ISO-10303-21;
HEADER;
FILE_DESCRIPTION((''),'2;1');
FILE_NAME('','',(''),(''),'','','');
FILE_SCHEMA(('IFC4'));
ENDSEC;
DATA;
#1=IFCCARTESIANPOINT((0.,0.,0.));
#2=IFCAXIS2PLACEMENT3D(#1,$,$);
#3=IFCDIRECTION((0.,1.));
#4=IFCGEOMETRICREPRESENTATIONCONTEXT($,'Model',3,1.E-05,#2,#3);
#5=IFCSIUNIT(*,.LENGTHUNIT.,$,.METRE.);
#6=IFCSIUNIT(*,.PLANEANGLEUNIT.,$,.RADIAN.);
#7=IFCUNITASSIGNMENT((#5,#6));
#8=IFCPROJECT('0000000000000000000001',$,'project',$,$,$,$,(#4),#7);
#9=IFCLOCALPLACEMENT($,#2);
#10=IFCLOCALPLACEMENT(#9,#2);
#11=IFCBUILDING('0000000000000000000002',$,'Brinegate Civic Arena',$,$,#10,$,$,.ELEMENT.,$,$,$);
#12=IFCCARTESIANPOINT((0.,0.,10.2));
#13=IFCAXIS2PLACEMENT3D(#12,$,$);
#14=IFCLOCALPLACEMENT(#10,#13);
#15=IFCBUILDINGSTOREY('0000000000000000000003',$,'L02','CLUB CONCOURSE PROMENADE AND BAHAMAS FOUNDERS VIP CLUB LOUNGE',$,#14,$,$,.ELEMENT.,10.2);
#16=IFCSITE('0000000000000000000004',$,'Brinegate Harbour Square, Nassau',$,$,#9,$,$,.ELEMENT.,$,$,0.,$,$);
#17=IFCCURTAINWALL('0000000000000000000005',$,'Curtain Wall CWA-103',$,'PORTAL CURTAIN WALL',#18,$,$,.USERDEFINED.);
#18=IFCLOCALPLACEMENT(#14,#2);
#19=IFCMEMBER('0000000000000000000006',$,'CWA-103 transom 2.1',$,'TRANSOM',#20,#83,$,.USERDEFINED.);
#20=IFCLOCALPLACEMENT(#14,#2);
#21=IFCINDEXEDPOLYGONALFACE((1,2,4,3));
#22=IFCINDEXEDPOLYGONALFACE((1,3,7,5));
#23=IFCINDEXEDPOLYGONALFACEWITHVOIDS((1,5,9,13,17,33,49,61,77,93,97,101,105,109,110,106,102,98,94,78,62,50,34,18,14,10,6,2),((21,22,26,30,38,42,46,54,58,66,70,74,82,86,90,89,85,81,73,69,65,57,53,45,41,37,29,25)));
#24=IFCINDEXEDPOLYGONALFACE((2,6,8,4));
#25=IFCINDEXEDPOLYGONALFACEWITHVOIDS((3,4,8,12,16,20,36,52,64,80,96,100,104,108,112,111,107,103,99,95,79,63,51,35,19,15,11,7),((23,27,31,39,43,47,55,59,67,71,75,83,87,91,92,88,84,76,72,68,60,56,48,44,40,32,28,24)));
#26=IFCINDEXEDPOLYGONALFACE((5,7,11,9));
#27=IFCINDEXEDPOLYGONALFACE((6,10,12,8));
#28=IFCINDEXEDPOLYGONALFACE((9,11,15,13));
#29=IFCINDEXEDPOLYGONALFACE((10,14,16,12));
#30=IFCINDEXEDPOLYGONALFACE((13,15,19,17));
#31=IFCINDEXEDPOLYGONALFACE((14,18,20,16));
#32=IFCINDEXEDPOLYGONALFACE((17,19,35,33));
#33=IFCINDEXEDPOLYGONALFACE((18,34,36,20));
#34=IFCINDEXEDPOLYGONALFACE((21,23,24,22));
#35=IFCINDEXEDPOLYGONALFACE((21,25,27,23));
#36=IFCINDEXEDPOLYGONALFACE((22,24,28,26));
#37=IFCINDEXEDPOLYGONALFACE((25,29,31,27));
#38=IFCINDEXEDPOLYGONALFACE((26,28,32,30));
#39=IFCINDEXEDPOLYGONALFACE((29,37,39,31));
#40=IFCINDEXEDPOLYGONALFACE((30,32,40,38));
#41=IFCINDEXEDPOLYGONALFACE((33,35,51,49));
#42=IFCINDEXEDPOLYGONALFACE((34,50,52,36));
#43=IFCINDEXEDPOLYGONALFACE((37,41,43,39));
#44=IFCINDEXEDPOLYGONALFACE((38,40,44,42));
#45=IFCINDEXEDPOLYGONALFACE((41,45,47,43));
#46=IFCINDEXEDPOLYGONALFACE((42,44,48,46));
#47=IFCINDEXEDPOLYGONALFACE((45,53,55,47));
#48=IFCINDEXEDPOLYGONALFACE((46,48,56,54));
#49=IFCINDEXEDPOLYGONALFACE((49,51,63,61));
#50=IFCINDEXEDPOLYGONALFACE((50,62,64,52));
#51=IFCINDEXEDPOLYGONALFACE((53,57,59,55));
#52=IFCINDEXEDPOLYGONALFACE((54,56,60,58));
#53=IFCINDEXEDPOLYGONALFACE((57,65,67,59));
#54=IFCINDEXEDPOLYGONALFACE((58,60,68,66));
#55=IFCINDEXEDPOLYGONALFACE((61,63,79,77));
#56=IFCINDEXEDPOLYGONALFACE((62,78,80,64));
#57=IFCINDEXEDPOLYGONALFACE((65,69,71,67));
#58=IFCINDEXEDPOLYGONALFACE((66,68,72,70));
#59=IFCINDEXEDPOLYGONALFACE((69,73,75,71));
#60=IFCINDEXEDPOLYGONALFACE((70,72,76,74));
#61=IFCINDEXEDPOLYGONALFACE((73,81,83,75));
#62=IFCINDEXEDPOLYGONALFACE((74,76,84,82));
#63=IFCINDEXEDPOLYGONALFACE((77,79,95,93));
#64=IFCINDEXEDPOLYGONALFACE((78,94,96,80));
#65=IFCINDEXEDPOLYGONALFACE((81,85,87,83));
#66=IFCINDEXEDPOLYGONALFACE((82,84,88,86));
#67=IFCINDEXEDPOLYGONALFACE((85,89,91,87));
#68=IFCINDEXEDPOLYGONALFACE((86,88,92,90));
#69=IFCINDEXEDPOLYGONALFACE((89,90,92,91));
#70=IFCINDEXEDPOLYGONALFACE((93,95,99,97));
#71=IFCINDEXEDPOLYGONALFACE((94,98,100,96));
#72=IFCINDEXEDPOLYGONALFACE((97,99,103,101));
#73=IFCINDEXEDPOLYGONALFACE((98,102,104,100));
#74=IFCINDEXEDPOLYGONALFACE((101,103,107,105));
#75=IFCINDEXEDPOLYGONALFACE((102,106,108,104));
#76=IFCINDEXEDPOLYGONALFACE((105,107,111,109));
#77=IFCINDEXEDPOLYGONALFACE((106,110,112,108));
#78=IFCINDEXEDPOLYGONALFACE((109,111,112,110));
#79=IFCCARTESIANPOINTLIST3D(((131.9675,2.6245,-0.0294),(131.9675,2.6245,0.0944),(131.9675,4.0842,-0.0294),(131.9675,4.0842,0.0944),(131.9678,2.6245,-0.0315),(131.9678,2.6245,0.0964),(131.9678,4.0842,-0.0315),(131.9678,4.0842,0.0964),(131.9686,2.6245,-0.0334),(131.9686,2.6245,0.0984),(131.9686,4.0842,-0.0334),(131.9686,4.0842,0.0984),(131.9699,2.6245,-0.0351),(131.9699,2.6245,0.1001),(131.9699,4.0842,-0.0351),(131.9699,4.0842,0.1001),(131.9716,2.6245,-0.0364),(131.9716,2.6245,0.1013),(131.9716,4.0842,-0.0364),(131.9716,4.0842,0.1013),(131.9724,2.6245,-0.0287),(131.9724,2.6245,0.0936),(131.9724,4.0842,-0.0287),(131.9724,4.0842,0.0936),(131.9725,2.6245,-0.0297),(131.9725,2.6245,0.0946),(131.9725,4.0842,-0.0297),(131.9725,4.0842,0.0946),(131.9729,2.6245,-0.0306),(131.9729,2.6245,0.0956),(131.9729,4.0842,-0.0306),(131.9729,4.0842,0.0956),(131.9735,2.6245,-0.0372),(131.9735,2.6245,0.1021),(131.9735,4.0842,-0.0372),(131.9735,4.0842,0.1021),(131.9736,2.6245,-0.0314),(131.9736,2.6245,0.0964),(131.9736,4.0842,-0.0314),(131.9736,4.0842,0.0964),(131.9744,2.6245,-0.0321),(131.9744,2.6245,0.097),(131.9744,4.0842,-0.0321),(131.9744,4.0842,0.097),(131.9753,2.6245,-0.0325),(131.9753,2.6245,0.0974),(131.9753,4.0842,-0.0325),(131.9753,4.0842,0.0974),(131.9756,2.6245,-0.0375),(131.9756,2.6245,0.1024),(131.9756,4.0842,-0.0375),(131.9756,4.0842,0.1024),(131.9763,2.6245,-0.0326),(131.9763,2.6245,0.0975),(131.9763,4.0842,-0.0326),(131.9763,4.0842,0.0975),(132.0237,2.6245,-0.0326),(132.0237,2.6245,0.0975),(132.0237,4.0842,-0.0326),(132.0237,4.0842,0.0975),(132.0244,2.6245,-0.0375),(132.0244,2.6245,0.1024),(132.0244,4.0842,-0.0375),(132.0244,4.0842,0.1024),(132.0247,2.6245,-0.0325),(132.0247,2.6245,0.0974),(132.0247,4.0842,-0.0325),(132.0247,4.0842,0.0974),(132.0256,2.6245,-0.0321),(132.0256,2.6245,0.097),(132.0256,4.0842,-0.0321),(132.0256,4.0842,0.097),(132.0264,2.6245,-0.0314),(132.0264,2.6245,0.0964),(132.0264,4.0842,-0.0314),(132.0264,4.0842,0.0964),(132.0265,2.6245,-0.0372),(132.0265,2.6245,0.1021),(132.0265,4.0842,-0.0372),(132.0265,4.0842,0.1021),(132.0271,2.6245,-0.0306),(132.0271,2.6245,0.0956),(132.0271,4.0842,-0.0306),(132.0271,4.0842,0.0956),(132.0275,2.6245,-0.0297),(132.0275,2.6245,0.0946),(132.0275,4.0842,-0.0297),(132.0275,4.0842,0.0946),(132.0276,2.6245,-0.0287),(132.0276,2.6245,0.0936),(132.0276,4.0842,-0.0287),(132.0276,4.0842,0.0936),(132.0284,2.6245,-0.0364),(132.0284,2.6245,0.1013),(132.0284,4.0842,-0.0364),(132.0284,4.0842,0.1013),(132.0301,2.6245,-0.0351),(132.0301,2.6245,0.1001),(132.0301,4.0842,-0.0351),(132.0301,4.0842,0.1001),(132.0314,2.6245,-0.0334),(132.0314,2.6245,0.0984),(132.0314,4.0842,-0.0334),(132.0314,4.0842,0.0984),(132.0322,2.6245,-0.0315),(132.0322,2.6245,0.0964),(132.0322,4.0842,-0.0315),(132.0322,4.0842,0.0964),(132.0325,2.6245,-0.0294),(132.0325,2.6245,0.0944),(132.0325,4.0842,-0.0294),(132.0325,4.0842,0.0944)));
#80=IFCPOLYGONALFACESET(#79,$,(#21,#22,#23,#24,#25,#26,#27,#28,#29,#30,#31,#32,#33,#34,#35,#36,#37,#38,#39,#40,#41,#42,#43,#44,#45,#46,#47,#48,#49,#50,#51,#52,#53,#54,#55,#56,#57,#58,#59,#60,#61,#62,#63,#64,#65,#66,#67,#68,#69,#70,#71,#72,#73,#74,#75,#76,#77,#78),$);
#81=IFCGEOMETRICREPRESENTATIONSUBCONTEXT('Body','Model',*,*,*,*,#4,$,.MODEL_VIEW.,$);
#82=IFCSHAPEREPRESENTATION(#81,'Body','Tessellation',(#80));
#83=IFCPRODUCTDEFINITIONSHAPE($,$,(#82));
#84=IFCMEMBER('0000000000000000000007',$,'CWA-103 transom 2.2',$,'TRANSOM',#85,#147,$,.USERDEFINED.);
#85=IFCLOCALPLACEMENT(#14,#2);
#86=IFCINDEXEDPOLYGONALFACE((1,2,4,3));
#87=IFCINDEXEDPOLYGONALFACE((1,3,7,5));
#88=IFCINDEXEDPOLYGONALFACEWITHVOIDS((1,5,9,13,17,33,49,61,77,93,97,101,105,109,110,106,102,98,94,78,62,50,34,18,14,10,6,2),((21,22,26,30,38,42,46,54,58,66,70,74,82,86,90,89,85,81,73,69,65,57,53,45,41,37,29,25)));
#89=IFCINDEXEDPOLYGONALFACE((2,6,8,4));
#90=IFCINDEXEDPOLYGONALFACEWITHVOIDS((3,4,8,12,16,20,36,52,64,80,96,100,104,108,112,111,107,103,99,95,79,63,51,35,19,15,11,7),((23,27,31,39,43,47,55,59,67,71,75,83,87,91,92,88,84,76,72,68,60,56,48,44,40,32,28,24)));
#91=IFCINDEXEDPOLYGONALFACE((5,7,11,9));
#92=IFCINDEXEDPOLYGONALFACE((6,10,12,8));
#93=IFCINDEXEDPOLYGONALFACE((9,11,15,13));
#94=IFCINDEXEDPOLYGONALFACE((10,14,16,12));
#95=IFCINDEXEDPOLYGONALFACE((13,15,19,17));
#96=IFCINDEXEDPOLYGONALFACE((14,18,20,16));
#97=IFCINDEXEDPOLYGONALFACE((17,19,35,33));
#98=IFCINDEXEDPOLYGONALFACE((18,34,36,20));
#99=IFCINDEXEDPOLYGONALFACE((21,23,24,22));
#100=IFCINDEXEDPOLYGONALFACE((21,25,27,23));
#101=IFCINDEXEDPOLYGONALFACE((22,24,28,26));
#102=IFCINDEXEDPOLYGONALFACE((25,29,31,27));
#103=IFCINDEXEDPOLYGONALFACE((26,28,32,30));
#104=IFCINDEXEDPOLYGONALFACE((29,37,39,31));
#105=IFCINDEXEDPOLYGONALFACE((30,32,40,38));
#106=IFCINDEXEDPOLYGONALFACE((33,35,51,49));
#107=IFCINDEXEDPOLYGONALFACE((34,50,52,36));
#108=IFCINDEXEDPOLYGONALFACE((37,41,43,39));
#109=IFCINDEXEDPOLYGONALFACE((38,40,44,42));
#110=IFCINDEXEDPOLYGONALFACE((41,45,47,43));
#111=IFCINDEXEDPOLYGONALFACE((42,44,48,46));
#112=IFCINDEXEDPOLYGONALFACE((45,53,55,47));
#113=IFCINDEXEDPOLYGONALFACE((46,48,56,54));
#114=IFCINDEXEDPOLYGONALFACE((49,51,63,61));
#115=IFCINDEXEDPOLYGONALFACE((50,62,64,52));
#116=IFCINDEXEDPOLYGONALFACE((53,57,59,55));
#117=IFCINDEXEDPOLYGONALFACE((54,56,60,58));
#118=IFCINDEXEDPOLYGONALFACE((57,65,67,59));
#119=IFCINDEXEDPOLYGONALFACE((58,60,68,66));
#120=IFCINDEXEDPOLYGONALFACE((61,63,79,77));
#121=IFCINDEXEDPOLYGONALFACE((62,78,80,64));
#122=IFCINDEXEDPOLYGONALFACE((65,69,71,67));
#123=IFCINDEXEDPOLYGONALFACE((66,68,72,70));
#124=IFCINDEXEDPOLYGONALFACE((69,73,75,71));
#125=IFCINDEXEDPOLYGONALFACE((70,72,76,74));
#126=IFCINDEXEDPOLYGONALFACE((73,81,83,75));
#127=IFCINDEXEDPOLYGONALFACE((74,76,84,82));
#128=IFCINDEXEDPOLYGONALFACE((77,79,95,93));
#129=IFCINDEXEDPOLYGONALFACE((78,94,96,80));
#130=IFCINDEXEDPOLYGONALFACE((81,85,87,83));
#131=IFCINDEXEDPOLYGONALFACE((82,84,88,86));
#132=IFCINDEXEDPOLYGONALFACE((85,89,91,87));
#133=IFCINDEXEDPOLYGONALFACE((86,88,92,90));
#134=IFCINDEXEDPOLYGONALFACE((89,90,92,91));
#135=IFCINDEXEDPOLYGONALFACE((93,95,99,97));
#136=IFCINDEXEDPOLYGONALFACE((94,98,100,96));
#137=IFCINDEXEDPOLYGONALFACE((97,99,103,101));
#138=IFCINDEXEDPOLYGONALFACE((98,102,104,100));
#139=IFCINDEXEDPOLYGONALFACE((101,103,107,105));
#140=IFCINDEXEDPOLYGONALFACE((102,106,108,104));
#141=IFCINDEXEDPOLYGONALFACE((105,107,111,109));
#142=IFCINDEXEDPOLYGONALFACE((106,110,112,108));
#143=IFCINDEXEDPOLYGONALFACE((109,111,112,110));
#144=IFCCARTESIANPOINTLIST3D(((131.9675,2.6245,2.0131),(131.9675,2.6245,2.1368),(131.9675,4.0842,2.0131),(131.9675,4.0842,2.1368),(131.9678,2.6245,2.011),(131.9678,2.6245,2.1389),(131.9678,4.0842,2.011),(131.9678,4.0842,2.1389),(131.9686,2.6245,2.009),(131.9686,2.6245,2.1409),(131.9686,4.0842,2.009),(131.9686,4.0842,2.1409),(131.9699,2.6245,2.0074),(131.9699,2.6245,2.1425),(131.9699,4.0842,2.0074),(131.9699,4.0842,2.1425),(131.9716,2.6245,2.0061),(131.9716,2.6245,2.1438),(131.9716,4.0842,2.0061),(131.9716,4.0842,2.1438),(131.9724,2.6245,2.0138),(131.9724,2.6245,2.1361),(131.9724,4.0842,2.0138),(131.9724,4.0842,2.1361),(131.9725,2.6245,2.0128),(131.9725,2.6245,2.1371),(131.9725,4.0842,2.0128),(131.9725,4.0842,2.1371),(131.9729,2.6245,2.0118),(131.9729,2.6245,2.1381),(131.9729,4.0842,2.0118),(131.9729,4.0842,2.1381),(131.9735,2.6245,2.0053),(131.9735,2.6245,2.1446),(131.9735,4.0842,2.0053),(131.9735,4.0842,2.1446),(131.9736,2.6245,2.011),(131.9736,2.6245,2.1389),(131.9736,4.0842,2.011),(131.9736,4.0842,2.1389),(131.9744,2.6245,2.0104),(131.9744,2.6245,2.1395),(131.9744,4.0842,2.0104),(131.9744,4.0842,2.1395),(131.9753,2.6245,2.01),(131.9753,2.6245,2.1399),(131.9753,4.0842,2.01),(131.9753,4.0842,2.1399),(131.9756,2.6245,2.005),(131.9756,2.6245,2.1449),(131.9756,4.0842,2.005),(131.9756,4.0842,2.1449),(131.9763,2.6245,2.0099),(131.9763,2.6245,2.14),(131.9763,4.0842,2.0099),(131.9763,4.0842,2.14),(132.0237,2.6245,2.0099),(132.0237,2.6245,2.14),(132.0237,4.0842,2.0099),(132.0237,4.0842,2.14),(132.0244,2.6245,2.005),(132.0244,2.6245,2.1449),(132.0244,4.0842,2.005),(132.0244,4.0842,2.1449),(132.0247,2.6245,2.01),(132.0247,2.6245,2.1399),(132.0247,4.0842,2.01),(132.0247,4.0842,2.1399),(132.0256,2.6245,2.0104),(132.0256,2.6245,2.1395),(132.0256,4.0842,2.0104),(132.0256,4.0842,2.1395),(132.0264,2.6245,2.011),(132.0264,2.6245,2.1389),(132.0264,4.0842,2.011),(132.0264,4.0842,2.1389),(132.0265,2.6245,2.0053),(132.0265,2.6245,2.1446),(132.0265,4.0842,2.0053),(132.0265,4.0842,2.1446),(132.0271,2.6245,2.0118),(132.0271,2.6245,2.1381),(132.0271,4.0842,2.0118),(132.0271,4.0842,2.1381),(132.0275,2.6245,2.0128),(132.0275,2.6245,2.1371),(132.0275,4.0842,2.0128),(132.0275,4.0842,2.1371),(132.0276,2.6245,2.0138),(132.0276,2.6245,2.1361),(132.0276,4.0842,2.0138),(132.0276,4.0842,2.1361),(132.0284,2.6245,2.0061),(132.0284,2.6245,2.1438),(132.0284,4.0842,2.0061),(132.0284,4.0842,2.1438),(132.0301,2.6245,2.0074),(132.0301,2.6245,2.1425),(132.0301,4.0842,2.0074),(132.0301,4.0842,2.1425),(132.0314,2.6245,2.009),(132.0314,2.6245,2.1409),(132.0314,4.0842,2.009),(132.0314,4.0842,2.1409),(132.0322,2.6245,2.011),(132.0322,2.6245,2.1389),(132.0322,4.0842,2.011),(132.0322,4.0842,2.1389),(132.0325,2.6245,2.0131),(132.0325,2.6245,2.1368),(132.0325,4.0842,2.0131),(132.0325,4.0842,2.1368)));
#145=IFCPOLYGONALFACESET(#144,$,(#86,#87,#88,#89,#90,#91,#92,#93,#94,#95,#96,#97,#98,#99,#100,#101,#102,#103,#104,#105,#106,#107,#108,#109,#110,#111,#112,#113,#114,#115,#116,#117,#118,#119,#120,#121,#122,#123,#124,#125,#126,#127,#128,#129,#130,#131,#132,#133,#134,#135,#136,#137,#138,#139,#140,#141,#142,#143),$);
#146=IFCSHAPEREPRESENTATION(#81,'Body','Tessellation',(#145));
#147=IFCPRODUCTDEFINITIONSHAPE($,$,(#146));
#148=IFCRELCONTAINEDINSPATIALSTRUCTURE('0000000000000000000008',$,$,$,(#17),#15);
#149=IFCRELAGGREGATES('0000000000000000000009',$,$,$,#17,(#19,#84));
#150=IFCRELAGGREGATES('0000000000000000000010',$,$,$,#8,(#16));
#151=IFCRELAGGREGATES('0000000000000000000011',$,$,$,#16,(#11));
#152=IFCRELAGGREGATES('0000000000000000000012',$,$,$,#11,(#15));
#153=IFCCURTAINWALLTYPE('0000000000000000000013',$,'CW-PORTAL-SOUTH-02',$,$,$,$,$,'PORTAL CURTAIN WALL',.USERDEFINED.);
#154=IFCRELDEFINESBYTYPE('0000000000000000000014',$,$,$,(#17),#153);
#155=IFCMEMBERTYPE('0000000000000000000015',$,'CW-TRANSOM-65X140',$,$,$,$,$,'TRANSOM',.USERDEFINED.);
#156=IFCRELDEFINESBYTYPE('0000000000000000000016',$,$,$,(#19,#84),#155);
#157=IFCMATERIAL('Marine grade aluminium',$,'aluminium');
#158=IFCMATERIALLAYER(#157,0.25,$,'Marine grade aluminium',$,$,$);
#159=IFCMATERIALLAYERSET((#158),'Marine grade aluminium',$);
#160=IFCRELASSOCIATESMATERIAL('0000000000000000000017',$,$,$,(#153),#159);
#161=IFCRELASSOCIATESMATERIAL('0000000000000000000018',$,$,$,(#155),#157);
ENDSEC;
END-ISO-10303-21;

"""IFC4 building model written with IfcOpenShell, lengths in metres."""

from ifc_helpers import new_model, si_unit, direction, frame, origin, origin_2d, place, context, subcontext, project, spatial, hollow_rectangle, extrude, material, layer, layer_set, material_profile, profile_set, type_object, element, aggregate, save


model = new_model("IFC4")

# Units and contexts
model_context = context("Model", 3, precision=1e-05, world=origin(), true_north=direction((0.0, 1.0)))
body_context = subcontext(model_context, "Body", "Model", "MODEL_VIEW")
ifc_project = project(units=[si_unit("LENGTHUNIT", "METRE"), si_unit("PLANEANGLEUNIT", "RADIAN")], contexts=[model_context])

# Site, building, storey
site_placement = place(None, origin())
site = spatial("IfcSite", under=ifc_project, at=site_placement, Name="Brinegate Harbour Square, Nassau", CompositionType="ELEMENT", RefElevation=0.0)
building_placement = place(site_placement, origin())
building = spatial("IfcBuilding", under=site, at=building_placement, Name="Brinegate Civic Arena", CompositionType="ELEMENT")
storey_placement = place(building_placement, frame((0.0, 0.0, 10.2)))
storey = spatial("IfcBuildingStorey", under=building, at=storey_placement, Name="L02", Description="CLUB CONCOURSE PROMENADE AND BAHAMAS FOUNDERS VIP CLUB LOUNGE", CompositionType="ELEMENT", Elevation=10.2)

# Curtain wall, members
ifc_material_1 = material(Name="Marine grade aluminium", Category="aluminium")
ifc_layer_1 = layer(ifc_material_1, 0.25, Name="Marine grade aluminium")
ifc_layer_set_1 = layer_set([ifc_layer_1], Name="Marine grade aluminium")
curtain_wall_type = type_object("IfcCurtainWallType", Name="CW-PORTAL-SOUTH-02", ElementType="PORTAL CURTAIN WALL", PredefinedType="USERDEFINED", material=ifc_layer_set_1)
curtain_wall_placement = place(storey_placement, origin())
curtain_wall = element("IfcCurtainWall", 1, at=curtain_wall_placement, inside=storey, type_object=curtain_wall_type, Name="Curtain Wall CWA-103", ObjectType="PORTAL CURTAIN WALL", PredefinedType="USERDEFINED")
ifc_material_profile_1 = material_profile(ifc_material_1, hollow_rectangle(XDim=0.0649, YDim=0.1399, WallThickness=0.0049, InnerFilletRadius=0.0039, OuterFilletRadius=0.0081, at=origin_2d()), Name="TRN65X140")
ifc_profile_set_1 = profile_set([ifc_material_profile_1], Name="Marine grade aluminium")
member_type_1 = type_object("IfcMemberType", Name="CW-TRANSOM-65X140", ElementType="TRANSOM", PredefinedType="USERDEFINED", material=ifc_profile_set_1)
member_1_placement = place(storey_placement, frame((132.0, 2.6245, 0.0325), z_axis=(0.0, 1.0, 0.0), x_axis=(-1.0, 0.0, 0.0)))
member_1 = element("IfcMember", 2, at=member_1_placement, type_object=member_type_1, Name="CWA-103 transom 2.1", ObjectType="TRANSOM", PredefinedType="USERDEFINED", context=body_context, shape_type="SweptSolid", body=[
    extrude(hollow_rectangle(XDim=0.0649, YDim=0.1399, WallThickness=0.0049, InnerFilletRadius=0.0039, OuterFilletRadius=0.0081, at=origin_2d()), origin(), (0.0, 0.0, 1.0), 1.4597),
])
member_2_placement = place(storey_placement, frame((132.0, 2.6245, 2.075), z_axis=(0.0, 1.0, 0.0), x_axis=(-1.0, 0.0, 0.0)))
member_2 = element("IfcMember", 3, at=member_2_placement, type_object=member_type_1, Name="CWA-103 transom 2.2", ObjectType="TRANSOM", PredefinedType="USERDEFINED", context=body_context, shape_type="SweptSolid", body=[
    extrude(hollow_rectangle(XDim=0.0649, YDim=0.1399, WallThickness=0.0049, InnerFilletRadius=0.0039, OuterFilletRadius=0.0081, at=origin_2d()), origin(), (0.0, 0.0, 1.0), 1.4597),
])
aggregate(curtain_wall, [member_1, member_2])

save(model, "model.ifc")
